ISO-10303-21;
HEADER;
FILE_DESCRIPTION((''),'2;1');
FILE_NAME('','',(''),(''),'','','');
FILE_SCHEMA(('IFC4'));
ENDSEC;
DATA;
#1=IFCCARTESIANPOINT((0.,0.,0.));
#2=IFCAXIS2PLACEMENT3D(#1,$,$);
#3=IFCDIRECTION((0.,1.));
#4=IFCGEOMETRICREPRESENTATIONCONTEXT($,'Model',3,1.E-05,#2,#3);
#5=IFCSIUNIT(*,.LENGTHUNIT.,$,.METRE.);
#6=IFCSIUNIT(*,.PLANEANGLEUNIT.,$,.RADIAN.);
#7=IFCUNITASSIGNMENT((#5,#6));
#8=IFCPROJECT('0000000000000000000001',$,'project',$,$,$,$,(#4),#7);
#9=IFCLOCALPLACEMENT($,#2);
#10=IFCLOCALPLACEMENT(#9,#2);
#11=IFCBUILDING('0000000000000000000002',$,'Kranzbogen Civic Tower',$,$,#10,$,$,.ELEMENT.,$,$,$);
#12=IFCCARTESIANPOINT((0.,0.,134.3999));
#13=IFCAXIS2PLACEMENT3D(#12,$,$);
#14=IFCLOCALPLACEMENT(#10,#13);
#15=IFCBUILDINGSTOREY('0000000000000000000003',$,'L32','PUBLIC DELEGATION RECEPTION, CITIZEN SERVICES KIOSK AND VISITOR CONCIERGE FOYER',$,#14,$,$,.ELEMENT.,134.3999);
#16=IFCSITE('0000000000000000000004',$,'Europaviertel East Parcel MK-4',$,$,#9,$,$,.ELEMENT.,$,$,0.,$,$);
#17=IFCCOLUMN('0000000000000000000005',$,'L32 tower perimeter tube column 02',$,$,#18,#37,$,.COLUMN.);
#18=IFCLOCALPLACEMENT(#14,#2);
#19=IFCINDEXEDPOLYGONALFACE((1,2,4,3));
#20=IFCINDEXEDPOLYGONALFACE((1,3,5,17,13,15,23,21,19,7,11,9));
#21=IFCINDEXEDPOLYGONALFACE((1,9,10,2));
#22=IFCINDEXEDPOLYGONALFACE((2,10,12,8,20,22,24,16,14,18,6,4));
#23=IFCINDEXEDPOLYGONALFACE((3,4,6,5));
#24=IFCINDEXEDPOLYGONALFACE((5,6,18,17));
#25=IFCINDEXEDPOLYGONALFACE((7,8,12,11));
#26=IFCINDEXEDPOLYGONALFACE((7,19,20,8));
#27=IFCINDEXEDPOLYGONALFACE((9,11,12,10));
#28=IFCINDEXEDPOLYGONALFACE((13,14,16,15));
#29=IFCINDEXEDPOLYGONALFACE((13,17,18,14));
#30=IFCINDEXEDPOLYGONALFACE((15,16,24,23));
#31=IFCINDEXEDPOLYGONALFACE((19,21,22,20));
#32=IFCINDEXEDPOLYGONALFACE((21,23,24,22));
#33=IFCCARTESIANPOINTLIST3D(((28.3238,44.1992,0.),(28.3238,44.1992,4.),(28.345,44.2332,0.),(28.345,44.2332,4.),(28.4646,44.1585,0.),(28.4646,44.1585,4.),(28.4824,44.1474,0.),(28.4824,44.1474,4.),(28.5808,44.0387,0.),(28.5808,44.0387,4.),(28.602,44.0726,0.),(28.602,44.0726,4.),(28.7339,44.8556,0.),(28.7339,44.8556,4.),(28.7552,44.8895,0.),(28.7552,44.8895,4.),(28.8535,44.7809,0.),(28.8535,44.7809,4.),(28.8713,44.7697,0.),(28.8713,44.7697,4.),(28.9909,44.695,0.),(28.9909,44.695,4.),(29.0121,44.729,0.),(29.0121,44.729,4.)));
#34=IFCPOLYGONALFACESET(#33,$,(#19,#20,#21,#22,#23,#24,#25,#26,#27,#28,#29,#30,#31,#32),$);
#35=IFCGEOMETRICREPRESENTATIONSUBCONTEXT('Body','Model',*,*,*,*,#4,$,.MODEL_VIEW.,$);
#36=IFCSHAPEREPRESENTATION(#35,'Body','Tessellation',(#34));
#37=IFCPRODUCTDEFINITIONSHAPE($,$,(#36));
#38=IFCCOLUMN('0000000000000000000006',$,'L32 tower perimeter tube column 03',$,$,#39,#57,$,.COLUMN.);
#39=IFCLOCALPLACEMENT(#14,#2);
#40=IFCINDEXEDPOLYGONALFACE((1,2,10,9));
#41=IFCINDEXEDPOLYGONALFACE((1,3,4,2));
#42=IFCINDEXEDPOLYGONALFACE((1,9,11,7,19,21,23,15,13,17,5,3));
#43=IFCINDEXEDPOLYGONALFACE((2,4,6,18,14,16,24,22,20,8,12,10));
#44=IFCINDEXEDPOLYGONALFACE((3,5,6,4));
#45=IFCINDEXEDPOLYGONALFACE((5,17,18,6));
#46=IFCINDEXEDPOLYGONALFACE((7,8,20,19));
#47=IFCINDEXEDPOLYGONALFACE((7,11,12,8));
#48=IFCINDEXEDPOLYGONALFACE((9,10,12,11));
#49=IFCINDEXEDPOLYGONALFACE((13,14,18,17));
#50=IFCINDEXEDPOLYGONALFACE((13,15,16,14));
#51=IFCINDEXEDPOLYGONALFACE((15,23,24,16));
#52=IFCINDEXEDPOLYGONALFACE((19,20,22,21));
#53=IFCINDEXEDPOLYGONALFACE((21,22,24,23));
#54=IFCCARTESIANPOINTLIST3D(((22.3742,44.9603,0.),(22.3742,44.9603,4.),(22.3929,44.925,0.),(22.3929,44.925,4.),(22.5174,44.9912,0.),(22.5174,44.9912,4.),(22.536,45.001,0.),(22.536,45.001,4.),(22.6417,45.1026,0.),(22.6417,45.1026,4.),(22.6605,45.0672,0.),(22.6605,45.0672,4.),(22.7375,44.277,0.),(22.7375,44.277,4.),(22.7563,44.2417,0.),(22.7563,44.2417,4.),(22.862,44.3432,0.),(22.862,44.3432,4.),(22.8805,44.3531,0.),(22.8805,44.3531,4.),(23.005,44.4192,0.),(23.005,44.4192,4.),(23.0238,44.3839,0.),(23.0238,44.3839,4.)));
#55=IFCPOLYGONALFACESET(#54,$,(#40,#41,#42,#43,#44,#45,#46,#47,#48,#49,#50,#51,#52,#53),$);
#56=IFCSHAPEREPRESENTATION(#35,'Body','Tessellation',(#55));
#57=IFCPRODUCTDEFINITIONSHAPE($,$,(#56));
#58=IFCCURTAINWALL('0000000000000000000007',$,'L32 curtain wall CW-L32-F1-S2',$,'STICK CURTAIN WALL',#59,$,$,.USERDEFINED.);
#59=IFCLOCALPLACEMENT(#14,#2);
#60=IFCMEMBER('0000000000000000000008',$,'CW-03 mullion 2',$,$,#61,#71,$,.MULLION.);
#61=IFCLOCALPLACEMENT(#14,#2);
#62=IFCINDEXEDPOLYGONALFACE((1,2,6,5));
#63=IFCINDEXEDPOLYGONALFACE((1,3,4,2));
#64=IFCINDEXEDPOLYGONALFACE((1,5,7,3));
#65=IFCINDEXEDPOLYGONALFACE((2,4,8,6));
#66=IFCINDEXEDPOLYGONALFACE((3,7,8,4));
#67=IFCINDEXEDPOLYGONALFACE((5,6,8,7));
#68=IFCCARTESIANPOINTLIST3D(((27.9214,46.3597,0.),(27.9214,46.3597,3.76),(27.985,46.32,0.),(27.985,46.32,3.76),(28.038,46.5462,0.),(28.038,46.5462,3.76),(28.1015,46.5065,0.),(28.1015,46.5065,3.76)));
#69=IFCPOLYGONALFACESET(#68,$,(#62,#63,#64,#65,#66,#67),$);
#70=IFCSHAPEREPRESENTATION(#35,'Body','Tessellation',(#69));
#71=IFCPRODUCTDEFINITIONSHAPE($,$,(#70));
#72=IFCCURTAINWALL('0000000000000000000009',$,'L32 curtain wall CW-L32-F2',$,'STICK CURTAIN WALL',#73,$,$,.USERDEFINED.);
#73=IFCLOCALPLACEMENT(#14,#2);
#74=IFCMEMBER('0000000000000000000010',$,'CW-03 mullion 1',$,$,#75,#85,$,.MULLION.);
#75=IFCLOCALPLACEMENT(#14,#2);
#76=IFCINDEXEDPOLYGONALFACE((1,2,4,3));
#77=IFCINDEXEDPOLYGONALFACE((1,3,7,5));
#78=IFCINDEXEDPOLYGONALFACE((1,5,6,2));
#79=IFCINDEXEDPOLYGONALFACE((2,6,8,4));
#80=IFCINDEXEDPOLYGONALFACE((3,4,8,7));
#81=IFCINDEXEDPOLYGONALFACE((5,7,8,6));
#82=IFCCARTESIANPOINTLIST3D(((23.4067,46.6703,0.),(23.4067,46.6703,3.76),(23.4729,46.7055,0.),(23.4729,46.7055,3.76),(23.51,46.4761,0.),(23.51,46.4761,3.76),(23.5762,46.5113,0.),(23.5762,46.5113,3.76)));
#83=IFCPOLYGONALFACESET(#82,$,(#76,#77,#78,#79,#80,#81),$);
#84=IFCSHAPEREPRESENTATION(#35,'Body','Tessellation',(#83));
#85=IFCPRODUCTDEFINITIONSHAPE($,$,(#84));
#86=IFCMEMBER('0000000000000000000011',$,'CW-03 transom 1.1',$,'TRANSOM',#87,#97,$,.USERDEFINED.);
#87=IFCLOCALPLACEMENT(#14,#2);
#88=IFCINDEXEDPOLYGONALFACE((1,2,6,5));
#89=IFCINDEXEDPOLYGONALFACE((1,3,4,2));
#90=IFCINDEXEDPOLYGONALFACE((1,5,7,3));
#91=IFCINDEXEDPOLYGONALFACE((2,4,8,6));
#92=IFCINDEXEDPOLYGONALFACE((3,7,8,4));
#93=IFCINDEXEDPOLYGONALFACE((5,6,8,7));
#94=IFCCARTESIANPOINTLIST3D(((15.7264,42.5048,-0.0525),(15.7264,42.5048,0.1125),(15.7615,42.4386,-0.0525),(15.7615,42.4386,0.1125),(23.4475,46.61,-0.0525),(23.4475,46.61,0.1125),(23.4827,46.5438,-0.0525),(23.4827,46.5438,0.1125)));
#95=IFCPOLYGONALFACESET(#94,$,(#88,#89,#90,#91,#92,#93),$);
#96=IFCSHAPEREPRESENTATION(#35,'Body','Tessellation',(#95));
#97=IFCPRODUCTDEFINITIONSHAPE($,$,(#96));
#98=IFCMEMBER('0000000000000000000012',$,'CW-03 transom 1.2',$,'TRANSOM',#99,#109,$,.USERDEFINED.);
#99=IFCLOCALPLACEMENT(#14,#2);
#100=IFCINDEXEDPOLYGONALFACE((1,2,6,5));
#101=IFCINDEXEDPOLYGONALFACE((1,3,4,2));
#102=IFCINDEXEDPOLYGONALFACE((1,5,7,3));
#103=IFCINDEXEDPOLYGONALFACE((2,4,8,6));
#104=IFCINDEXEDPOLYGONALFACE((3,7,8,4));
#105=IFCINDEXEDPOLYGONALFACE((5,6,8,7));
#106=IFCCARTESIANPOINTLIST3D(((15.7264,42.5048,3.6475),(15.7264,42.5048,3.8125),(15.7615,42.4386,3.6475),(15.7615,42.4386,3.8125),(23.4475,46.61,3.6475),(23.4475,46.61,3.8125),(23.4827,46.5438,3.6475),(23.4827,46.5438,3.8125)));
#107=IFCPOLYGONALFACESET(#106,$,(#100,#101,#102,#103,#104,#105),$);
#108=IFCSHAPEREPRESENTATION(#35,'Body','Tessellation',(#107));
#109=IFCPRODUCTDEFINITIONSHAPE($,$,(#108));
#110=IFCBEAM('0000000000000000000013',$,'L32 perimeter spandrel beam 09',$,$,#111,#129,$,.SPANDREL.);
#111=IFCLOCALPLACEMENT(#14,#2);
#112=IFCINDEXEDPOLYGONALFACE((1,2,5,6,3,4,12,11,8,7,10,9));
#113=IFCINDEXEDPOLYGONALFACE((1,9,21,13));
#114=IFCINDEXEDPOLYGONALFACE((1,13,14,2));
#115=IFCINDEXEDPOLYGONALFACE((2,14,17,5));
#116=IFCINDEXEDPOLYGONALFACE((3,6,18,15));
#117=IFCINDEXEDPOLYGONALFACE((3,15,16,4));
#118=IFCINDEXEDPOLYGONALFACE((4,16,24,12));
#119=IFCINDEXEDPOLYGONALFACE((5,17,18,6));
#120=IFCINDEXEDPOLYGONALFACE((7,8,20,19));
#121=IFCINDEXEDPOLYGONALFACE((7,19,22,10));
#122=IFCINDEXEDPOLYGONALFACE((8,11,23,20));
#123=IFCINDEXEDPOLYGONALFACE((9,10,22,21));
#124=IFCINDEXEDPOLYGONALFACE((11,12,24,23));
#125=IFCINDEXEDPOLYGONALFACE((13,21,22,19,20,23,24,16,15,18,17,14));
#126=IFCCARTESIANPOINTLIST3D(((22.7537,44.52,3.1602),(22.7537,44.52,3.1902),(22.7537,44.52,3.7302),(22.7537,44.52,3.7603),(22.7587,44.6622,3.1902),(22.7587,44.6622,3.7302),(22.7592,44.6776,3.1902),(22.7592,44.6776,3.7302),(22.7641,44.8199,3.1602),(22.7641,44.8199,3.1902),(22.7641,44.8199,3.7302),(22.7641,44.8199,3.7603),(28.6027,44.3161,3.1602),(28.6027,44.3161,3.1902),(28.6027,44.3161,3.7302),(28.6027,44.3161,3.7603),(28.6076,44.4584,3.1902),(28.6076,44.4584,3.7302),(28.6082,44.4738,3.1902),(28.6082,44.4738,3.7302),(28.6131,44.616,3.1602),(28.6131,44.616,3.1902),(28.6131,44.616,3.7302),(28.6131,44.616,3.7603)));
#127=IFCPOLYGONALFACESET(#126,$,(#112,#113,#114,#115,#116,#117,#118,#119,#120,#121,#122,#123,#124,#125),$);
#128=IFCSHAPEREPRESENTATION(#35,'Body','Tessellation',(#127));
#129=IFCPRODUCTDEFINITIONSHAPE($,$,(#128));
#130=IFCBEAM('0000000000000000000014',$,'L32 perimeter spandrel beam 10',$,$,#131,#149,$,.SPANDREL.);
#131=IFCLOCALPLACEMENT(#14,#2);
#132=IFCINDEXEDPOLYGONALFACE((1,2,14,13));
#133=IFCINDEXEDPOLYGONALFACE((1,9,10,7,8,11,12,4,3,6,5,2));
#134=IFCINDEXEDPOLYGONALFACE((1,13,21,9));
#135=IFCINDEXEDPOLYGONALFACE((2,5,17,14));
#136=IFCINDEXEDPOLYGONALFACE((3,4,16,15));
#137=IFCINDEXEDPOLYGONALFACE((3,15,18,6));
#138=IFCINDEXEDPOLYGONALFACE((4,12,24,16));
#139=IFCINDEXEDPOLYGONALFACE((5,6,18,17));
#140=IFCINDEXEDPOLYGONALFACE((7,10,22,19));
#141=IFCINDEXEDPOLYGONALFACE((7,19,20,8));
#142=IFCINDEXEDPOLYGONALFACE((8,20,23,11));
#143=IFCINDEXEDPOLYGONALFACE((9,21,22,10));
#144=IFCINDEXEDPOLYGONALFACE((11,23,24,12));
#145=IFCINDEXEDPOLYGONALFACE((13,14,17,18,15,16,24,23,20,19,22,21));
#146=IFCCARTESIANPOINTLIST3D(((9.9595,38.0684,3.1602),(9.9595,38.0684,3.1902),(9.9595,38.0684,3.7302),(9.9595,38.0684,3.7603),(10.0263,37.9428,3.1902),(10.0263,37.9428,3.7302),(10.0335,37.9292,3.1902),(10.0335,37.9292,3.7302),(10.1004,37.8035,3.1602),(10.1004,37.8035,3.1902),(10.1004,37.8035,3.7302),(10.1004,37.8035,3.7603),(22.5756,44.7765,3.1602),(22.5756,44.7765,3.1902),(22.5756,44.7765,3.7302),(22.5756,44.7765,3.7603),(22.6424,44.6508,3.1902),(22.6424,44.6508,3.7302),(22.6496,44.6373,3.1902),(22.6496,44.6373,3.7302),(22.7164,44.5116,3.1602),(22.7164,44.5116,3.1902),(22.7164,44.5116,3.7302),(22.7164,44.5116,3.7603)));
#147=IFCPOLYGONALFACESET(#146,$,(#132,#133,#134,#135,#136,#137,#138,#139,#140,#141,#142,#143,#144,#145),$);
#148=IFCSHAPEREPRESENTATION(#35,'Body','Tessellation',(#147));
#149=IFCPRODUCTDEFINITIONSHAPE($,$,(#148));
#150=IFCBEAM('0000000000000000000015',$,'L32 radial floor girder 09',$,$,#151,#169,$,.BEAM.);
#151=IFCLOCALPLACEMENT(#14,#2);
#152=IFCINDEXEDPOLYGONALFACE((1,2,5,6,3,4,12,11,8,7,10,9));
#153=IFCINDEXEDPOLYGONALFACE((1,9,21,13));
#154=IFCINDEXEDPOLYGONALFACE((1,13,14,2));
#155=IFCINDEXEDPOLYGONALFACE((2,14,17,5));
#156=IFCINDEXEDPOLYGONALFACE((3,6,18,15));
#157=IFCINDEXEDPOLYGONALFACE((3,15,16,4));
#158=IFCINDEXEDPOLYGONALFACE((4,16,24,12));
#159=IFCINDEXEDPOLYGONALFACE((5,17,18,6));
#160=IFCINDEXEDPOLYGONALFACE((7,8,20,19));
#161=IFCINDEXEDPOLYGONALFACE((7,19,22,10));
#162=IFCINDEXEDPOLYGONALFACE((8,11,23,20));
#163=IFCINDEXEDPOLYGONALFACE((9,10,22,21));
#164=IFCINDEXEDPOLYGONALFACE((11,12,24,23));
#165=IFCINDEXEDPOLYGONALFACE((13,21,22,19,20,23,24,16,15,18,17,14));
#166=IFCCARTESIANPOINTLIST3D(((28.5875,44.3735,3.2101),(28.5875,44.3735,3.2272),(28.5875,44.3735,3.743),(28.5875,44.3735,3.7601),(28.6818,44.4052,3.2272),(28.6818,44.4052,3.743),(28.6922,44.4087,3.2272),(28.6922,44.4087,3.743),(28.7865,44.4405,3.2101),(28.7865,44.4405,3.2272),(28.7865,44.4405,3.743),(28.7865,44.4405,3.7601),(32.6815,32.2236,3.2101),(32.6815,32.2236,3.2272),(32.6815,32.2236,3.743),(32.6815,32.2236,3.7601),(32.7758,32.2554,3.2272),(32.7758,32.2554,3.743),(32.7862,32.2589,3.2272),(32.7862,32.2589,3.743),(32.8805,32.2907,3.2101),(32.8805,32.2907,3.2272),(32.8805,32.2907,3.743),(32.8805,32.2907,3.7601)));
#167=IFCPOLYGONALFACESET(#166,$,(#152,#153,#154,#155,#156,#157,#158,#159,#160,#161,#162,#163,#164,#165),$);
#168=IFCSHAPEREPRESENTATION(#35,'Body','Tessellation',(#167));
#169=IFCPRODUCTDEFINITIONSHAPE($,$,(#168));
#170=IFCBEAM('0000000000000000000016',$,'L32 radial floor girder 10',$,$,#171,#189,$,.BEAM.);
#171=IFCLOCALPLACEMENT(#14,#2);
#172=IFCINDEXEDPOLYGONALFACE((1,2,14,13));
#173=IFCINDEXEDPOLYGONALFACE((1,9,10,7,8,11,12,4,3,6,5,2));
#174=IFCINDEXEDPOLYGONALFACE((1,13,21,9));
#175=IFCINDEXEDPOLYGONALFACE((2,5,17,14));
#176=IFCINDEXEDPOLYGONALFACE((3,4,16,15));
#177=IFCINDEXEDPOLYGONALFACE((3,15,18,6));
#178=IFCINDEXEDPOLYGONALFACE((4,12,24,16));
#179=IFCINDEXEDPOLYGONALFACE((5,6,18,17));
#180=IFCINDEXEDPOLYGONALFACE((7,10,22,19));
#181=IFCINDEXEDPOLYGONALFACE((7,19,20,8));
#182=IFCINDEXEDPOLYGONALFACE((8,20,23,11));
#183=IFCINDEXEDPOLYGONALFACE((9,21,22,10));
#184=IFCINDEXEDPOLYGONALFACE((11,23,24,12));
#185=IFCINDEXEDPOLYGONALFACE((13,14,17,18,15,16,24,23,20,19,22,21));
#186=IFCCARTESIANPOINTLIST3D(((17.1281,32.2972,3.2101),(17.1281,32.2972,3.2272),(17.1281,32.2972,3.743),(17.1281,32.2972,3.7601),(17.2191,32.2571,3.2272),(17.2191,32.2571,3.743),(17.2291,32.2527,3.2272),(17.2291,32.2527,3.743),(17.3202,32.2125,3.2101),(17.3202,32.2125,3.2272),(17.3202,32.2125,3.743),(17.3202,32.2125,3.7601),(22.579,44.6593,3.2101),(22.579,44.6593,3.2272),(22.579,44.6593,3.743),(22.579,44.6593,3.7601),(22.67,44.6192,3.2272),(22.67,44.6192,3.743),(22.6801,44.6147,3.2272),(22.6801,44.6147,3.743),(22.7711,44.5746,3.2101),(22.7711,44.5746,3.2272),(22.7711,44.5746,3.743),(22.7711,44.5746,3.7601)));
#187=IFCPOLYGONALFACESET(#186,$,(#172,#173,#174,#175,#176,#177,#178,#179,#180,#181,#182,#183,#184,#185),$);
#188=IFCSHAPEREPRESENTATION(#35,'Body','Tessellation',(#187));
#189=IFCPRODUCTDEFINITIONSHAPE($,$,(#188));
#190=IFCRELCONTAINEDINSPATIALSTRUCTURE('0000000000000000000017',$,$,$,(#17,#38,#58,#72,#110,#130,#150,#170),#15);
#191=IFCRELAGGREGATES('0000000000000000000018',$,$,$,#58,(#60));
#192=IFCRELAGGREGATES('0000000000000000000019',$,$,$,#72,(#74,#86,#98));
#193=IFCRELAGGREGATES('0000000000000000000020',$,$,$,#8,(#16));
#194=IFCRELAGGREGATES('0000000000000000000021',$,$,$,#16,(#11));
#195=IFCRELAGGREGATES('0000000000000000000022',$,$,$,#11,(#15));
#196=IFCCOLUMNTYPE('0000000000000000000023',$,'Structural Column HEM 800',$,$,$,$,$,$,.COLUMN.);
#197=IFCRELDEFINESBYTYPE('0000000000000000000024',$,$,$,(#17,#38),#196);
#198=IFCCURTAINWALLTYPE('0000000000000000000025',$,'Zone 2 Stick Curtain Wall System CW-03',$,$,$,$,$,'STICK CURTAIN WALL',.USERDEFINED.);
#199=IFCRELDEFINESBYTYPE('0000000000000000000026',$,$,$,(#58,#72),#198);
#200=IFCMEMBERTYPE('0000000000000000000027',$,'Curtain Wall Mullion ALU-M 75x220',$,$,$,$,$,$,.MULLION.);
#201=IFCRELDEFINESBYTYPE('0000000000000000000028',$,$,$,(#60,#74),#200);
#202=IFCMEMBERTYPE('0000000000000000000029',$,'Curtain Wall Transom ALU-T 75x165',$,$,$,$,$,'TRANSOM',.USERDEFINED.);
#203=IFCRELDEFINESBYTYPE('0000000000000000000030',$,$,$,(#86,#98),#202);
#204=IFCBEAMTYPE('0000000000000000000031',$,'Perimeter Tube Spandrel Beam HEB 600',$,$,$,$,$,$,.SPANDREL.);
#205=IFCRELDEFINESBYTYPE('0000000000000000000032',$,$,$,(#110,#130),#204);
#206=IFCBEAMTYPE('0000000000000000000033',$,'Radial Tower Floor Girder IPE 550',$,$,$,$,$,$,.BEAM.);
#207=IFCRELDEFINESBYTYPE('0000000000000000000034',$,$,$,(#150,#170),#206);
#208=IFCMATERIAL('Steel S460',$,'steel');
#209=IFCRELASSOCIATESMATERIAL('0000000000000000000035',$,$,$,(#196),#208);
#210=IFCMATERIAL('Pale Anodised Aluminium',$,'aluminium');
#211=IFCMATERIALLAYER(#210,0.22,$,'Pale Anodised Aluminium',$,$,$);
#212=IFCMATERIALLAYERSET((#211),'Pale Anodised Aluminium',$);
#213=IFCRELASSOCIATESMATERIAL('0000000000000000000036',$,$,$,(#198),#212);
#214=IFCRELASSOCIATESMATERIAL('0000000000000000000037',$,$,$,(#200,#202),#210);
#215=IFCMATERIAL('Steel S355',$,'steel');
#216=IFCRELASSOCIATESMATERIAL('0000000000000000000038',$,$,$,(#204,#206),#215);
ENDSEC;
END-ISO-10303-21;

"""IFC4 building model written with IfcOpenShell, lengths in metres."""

from ifc_helpers import new_model, si_unit, direction, frame, origin, origin_2d, place, context, subcontext, project, spatial, rectangle, i_section, extrude, material, layer, layer_set, material_profile, profile_set, type_object, element, aggregate, save


model = new_model("IFC4")

# Units and contexts
model_context = context("Model", 3, precision=1e-05, world=origin(), true_north=direction((0.0, 1.0)))
body_context = subcontext(model_context, "Body", "Model", "MODEL_VIEW")
ifc_project = project(units=[si_unit("LENGTHUNIT", "METRE"), si_unit("PLANEANGLEUNIT", "RADIAN")], contexts=[model_context])

# Site, building, storey
site_placement = place(None, origin())
site = spatial("IfcSite", under=ifc_project, at=site_placement, Name="Europaviertel East Parcel MK-4", CompositionType="ELEMENT", RefElevation=0.0)
building_placement = place(site_placement, origin())
building = spatial("IfcBuilding", under=site, at=building_placement, Name="Kranzbogen Civic Tower", CompositionType="ELEMENT")
storey_placement = place(building_placement, frame((0.0, 0.0, 134.3999)))
storey = spatial("IfcBuildingStorey", under=building, at=storey_placement, Name="L32", Description="PUBLIC DELEGATION RECEPTION, CITIZEN SERVICES KIOSK AND VISITOR CONCIERGE FOYER", CompositionType="ELEMENT", Elevation=134.3999)

# Columns
ifc_material_1 = material(Name="Steel S460", Category="steel")
ifc_material_profile_1 = material_profile(ifc_material_1, i_section(OverallWidth=0.303, OverallDepth=0.814, WebThickness=0.021, FlangeThickness=0.04, at=origin_2d()), Name="HEM 800")
ifc_profile_set_1 = profile_set([ifc_material_profile_1], Name="Steel S460")
column_type = type_object("IfcColumnType", Name="Structural Column HEM 800", PredefinedType="COLUMN", material=ifc_profile_set_1)
for number, where, z_axis, x_axis, name in (
    (1, (28.668, 44.4641, 0.0), (0.0, 0.0, 1.0), (-0.848048, 0.529919, 0.0), "L32 tower perimeter tube column 02"),
    (2, (22.699, 44.6721, 0.0), (0.0, 0.0, 1.0), (0.882948, 0.469472, 0.0), "L32 tower perimeter tube column 03"),
):
    element("IfcColumn", number, at=place(storey_placement, frame(where, z_axis=z_axis, x_axis=x_axis)), inside=storey, type_object=column_type, Name=name, PredefinedType="COLUMN", context=body_context, shape_type="SweptSolid", body=[
        extrude(i_section(OverallWidth=0.303, OverallDepth=0.814, WebThickness=0.021, FlangeThickness=0.04, at=origin_2d()), origin(), (0.0, 0.0, 1.0), 4.0),
    ])

# Curtain wall, member
ifc_material_2 = material(Name="Pale Anodised Aluminium", Category="aluminium")
ifc_layer_1 = layer(ifc_material_2, 0.22, Name="Pale Anodised Aluminium")
ifc_layer_set_1 = layer_set([ifc_layer_1], Name="Pale Anodised Aluminium")
curtain_wall_type = type_object("IfcCurtainWallType", Name="Zone 2 Stick Curtain Wall System CW-03", ElementType="STICK CURTAIN WALL", PredefinedType="USERDEFINED", material=ifc_layer_set_1)
curtain_wall_1_placement = place(storey_placement, origin())
curtain_wall_1 = element("IfcCurtainWall", 3, at=curtain_wall_1_placement, inside=storey, type_object=curtain_wall_type, Name="L32 curtain wall CW-L32-F1-S2", ObjectType="STICK CURTAIN WALL", PredefinedType="USERDEFINED")
ifc_material_profile_2 = material_profile(ifc_material_2, rectangle(XDim=0.075, YDim=0.22, at=origin_2d()), Name="ALU-M 75x220")
ifc_profile_set_2 = profile_set([ifc_material_profile_2], Name="Pale Anodised Aluminium")
member_type_1 = type_object("IfcMemberType", Name="Curtain Wall Mullion ALU-M 75x220", PredefinedType="MULLION", material=ifc_profile_set_2)
member_1_placement = place(storey_placement, frame((28.0115, 46.4331, 0.0), z_axis=(0.0, 0.0, 1.0), x_axis=(-0.848109, 0.529822, 0.0)))
member_1 = element("IfcMember", 4, at=member_1_placement, type_object=member_type_1, Name="CW-03 mullion 2", PredefinedType="MULLION", context=body_context, shape_type="SweptSolid", body=[
    extrude(rectangle(XDim=0.075, YDim=0.22, at=origin_2d()), origin(), (0.0, 0.0, 1.0), 3.76),
])
aggregate(curtain_wall_1, [member_1])

# Curtain wall, members
curtain_wall_2_placement = place(storey_placement, origin())
curtain_wall_2 = element("IfcCurtainWall", 5, at=curtain_wall_2_placement, inside=storey, type_object=curtain_wall_type, Name="L32 curtain wall CW-L32-F2", ObjectType="STICK CURTAIN WALL", PredefinedType="USERDEFINED")
member_2_placement = place(storey_placement, frame((23.4915, 46.5908, 0.0), z_axis=(0.0, 0.0, 1.0), x_axis=(-0.882952, -0.469463, 0.0)))
member_2 = element("IfcMember", 6, at=member_2_placement, type_object=member_type_1, Name="CW-03 mullion 1", PredefinedType="MULLION", context=body_context, shape_type="SweptSolid", body=[
    extrude(rectangle(XDim=0.075, YDim=0.22, at=origin_2d()), origin(), (0.0, 0.0, 1.0), 3.76),
])
ifc_material_profile_3 = material_profile(ifc_material_2, rectangle(XDim=0.075, YDim=0.165, at=origin_2d()), Name="ALU-T 75x165")
ifc_profile_set_3 = profile_set([ifc_material_profile_3], Name="Pale Anodised Aluminium")
member_type_2 = type_object("IfcMemberType", Name="Curtain Wall Transom ALU-T 75x165", ElementType="TRANSOM", PredefinedType="USERDEFINED", material=ifc_profile_set_3)
member_3_placement = place(storey_placement, frame((23.4651, 46.5769, 0.03), z_axis=(-0.882957, -0.469453, 0.0), x_axis=(0.469453, -0.882957, 0.0)))
member_3 = element("IfcMember", 7, at=member_3_placement, type_object=member_type_2, Name="CW-03 transom 1.1", ObjectType="TRANSOM", PredefinedType="USERDEFINED", context=body_context, shape_type="SweptSolid", body=[
    extrude(rectangle(XDim=0.075, YDim=0.165, at=origin_2d()), origin(), (0.0, 0.0, 1.0), 8.7446),
])
member_4_placement = place(storey_placement, frame((23.4651, 46.5769, 3.73), z_axis=(-0.882957, -0.469453, 0.0), x_axis=(0.469453, -0.882957, 0.0)))
member_4 = element("IfcMember", 8, at=member_4_placement, type_object=member_type_2, Name="CW-03 transom 1.2", ObjectType="TRANSOM", PredefinedType="USERDEFINED", context=body_context, shape_type="SweptSolid", body=[
    extrude(rectangle(XDim=0.075, YDim=0.165, at=origin_2d()), origin(), (0.0, 0.0, 1.0), 8.7446),
])
aggregate(curtain_wall_2, [member_2, member_3, member_4])

# Beams
ifc_material_3 = material(Name="Steel S355", Category="steel")
ifc_material_profile_4 = material_profile(ifc_material_3, i_section(OverallWidth=0.3, OverallDepth=0.6001, WebThickness=0.0154, FlangeThickness=0.03, at=origin_2d()), Name="HEB 600")
ifc_profile_set_4 = profile_set([ifc_material_profile_4], Name="Steel S355")
beam_type_1 = type_object("IfcBeamType", Name="Perimeter Tube Spandrel Beam HEB 600", PredefinedType="SPANDREL", material=ifc_profile_set_4)
beam_1_placement = place(storey_placement, frame((28.6079, 44.4661, 3.4602), z_axis=(-0.999393, 0.034833, 0.0), x_axis=(-0.034833, -0.999393, 0.0)))
element("IfcBeam", 9, at=beam_1_placement, inside=storey, type_object=beam_type_1, Name="L32 perimeter spandrel beam 09", PredefinedType="SPANDREL", context=body_context, shape_type="SweptSolid", body=[
    extrude(i_section(OverallWidth=0.3, OverallDepth=0.6001, WebThickness=0.0154, FlangeThickness=0.03, at=origin_2d()), origin(), (0.0, 0.0, 1.0), 5.8525),
])
beam_2_placement = place(storey_placement, frame((22.646, 44.644, 3.4602), z_axis=(-0.882948, -0.46947, 0.0), x_axis=(0.46947, -0.882948, 0.0)))
element("IfcBeam", 10, at=beam_2_placement, inside=storey, type_object=beam_type_1, Name="L32 perimeter spandrel beam 10", PredefinedType="SPANDREL", context=body_context, shape_type="SweptSolid", body=[
    extrude(i_section(OverallWidth=0.3, OverallDepth=0.6001, WebThickness=0.0154, FlangeThickness=0.03, at=origin_2d()), origin(), (0.0, 0.0, 1.0), 14.2886),
])
ifc_material_profile_5 = material_profile(ifc_material_3, i_section(OverallWidth=0.21, OverallDepth=0.55, WebThickness=0.011, FlangeThickness=0.0171, at=origin_2d()), Name="IPE 550")
ifc_profile_set_5 = profile_set([ifc_material_profile_5], Name="Steel S355")
beam_type_2 = type_object("IfcBeamType", Name="Radial Tower Floor Girder IPE 550", PredefinedType="BEAM", material=ifc_profile_set_5)
beam_3_placement = place(storey_placement, frame((28.687, 44.407, 3.4851), z_axis=(0.319317, -0.947648, 0.0), x_axis=(0.947648, 0.319317, 0.0)))
element("IfcBeam", 11, at=beam_3_placement, inside=storey, type_object=beam_type_2, Name="L32 radial floor girder 09", PredefinedType="BEAM", context=body_context, shape_type="SweptSolid", body=[
    extrude(i_section(OverallWidth=0.21, OverallDepth=0.55, WebThickness=0.011, FlangeThickness=0.0171, at=origin_2d()), origin(), (0.0, 0.0, 1.0), 12.821),
])
beam_4_placement = place(storey_placement, frame((22.675, 44.6169, 3.4851), z_axis=(-0.403459, -0.914998, 0.0), x_axis=(0.914998, -0.403459, 0.0)))
element("IfcBeam", 12, at=beam_4_placement, inside=storey, type_object=beam_type_2, Name="L32 radial floor girder 10", PredefinedType="BEAM", context=body_context, shape_type="SweptSolid", body=[
    extrude(i_section(OverallWidth=0.21, OverallDepth=0.55, WebThickness=0.011, FlangeThickness=0.0171, at=origin_2d()), origin(), (0.0, 0.0, 1.0), 13.5105),
])

save(model, "model.ifc")
